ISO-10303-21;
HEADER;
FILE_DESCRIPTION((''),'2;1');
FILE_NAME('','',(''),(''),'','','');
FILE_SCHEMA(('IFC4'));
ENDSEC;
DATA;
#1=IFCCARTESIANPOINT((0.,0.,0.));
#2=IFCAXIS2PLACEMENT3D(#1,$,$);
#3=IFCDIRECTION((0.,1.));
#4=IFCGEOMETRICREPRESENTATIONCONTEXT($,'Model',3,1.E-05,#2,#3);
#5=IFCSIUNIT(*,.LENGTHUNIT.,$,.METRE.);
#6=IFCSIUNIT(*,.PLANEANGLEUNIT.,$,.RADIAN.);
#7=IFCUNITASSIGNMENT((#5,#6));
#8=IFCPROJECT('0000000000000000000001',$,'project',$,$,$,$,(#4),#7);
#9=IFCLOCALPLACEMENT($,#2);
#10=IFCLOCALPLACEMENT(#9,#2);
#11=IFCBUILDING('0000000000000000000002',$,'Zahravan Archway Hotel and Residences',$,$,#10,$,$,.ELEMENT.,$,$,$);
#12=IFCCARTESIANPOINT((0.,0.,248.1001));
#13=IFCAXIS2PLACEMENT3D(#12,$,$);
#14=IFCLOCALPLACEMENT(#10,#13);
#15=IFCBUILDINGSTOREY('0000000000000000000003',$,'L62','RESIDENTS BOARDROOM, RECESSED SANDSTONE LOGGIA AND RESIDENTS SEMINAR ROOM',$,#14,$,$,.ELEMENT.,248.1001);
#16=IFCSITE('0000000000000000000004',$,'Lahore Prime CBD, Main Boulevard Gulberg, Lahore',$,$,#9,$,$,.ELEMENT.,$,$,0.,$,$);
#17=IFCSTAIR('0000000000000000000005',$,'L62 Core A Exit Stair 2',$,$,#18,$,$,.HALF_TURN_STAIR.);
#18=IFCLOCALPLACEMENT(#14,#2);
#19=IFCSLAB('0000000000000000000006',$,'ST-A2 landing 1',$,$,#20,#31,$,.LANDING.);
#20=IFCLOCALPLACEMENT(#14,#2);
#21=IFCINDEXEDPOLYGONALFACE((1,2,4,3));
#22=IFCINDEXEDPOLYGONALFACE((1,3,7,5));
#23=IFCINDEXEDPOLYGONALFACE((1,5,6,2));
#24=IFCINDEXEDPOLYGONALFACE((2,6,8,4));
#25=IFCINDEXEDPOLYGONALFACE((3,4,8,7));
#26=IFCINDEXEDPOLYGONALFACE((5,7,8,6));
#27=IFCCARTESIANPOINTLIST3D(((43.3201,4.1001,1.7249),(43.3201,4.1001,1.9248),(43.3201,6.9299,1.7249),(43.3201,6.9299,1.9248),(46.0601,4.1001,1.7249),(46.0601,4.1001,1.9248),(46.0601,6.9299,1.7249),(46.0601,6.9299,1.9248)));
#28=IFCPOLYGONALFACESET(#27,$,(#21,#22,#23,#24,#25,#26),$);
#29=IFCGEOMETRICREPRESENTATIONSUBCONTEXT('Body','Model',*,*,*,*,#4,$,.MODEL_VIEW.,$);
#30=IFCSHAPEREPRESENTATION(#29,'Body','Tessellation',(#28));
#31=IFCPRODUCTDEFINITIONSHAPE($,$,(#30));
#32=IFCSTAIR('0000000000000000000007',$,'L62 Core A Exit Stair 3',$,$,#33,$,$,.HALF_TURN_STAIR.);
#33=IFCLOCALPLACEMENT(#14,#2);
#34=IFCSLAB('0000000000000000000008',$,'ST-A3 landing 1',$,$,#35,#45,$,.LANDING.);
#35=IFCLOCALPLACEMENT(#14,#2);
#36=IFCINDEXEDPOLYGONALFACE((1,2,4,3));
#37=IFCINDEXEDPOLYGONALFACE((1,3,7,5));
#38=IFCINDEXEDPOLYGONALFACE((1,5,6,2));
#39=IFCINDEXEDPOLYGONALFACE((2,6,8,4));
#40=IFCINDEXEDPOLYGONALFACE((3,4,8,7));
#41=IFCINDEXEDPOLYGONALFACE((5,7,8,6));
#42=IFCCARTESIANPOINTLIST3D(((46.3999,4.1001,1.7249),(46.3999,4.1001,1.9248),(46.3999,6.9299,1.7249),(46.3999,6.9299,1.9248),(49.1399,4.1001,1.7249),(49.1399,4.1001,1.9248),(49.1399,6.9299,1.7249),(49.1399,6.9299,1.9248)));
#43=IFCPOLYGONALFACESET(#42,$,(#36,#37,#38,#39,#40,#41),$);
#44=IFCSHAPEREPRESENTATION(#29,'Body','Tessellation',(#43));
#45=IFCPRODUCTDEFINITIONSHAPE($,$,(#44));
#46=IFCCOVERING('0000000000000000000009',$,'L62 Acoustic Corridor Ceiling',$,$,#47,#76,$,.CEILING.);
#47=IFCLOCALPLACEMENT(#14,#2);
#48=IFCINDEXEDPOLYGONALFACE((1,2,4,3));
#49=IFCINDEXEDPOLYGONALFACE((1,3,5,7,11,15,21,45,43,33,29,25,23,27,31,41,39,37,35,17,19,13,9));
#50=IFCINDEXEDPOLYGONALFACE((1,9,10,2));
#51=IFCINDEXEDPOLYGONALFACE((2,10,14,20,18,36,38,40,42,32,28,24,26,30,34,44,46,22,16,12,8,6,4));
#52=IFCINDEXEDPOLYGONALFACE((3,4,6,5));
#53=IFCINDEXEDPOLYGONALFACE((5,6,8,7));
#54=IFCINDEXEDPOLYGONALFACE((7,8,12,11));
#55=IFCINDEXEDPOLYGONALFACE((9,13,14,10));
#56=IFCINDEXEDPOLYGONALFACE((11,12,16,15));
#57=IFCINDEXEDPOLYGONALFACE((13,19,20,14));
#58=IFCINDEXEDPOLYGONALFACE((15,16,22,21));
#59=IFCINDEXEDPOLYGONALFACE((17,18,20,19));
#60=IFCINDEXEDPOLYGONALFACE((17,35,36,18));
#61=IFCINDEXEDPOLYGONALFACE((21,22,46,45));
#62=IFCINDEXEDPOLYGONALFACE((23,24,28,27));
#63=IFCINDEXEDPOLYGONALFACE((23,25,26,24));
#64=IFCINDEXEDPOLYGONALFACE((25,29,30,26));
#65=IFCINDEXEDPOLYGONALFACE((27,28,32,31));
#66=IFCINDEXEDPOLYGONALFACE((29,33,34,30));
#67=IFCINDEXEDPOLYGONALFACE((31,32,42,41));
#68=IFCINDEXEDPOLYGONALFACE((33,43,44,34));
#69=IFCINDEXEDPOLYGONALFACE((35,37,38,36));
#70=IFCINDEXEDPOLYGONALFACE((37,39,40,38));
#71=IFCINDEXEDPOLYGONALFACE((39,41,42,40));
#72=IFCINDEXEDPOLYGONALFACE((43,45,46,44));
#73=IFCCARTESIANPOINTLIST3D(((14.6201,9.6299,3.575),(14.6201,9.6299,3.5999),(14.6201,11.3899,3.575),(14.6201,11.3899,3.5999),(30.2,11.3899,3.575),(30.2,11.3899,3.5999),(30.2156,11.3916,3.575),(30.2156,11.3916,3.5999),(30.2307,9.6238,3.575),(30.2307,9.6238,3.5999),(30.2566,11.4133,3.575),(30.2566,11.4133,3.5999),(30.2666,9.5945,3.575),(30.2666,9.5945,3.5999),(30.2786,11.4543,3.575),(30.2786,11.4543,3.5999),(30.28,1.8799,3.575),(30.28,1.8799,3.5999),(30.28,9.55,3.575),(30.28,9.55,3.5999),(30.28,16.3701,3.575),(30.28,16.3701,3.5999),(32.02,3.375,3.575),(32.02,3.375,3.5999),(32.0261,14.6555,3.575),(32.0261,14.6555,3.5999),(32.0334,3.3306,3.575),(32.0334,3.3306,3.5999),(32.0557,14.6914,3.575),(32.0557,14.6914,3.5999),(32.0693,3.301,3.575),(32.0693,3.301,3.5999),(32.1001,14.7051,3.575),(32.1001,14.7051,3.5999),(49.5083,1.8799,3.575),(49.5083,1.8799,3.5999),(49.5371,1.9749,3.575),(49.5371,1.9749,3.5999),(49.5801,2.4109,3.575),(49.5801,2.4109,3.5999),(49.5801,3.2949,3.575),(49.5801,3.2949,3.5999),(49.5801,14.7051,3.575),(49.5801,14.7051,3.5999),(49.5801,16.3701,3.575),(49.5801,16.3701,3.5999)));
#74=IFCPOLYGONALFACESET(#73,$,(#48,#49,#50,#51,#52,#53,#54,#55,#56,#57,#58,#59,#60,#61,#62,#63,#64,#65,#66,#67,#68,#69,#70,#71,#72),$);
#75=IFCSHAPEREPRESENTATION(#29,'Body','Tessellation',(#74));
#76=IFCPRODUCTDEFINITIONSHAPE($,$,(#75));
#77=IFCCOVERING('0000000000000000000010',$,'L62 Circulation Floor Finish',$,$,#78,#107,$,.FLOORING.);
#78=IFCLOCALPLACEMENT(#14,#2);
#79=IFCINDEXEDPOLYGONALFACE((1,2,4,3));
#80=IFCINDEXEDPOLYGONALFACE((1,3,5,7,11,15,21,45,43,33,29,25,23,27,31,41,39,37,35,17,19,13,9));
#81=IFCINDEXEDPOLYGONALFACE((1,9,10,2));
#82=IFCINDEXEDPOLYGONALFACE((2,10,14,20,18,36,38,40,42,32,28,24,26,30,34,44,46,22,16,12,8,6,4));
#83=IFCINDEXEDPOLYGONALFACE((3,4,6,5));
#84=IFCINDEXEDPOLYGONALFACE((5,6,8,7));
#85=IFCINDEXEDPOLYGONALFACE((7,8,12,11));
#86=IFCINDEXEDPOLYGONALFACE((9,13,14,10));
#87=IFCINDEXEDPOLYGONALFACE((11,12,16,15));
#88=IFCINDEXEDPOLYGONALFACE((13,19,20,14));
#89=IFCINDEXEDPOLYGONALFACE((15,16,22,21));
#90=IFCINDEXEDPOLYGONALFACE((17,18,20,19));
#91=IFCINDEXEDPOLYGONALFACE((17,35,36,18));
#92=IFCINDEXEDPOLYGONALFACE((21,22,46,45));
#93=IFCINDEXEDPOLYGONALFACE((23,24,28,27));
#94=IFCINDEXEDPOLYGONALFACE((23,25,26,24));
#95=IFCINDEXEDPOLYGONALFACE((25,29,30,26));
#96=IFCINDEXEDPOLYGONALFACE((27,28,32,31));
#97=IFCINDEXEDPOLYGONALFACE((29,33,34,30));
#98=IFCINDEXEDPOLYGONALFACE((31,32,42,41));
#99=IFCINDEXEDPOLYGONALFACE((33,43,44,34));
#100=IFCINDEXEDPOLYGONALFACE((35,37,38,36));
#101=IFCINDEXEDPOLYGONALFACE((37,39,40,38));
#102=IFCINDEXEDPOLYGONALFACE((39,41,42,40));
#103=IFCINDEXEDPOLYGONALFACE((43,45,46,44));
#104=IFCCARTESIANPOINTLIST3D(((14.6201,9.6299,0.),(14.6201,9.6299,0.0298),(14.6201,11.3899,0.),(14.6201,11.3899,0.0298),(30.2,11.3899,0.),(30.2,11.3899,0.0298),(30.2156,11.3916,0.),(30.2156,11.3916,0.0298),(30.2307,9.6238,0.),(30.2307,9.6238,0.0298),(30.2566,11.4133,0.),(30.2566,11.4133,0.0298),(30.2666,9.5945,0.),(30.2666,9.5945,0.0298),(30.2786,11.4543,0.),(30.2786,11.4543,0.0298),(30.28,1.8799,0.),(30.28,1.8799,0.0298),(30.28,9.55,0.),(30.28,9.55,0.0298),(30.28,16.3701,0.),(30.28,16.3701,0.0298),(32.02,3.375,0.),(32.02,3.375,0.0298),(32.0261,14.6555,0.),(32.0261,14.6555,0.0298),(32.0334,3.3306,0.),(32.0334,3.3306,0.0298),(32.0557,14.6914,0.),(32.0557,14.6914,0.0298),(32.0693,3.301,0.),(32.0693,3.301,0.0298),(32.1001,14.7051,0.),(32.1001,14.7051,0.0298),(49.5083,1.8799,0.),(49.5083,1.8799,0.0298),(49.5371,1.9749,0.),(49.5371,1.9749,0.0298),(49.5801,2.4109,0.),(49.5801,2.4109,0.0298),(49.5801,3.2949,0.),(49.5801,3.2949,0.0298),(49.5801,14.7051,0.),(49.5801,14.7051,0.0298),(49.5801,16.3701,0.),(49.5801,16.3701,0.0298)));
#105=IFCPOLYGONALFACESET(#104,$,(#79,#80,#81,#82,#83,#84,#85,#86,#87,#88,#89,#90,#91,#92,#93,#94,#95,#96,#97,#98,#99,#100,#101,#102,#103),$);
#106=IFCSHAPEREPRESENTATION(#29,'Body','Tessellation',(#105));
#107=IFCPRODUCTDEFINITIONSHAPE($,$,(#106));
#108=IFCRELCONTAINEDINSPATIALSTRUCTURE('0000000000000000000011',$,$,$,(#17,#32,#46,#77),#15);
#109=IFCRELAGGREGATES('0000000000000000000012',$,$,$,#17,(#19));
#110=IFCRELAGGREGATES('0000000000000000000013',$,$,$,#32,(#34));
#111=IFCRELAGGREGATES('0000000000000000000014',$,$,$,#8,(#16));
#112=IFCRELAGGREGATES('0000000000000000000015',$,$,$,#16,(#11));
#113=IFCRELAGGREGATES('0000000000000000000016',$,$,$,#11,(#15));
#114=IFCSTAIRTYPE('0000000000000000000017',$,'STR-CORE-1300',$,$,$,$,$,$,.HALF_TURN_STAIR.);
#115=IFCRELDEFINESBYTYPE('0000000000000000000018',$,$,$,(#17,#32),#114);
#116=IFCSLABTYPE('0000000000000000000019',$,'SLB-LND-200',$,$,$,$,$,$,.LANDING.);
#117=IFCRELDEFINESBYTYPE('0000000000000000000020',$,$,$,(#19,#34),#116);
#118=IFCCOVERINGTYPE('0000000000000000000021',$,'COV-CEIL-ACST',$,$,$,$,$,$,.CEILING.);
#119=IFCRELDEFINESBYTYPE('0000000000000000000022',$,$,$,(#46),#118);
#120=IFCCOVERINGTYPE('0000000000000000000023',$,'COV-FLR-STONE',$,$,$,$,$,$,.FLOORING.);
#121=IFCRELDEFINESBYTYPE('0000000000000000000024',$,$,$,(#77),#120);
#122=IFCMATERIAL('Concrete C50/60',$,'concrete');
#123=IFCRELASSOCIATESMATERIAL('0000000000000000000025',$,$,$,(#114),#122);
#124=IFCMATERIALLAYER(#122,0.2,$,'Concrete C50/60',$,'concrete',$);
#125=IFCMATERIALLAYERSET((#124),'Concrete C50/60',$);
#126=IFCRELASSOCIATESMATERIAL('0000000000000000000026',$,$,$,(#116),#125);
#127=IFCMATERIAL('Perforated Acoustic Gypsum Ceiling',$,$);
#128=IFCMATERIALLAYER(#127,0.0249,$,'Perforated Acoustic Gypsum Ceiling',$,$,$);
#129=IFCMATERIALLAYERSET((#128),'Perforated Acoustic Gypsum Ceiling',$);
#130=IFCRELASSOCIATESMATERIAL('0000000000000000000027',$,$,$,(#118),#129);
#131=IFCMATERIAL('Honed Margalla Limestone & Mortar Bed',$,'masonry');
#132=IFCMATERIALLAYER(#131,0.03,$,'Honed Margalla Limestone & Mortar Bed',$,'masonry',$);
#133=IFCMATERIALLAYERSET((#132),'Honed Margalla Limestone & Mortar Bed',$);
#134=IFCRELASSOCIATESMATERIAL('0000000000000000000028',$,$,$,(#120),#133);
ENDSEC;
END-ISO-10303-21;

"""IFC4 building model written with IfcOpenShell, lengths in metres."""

from ifc_helpers import new_model, si_unit, direction, frame, origin, place, context, subcontext, project, spatial, polyline, outline, extrude, material, layer, layer_set, type_object, element, aggregate, save


model = new_model("IFC4")

# Units and contexts
model_context = context("Model", 3, precision=1e-05, world=origin(), true_north=direction((0.0, 1.0)))
body_context = subcontext(model_context, "Body", "Model", "MODEL_VIEW")
ifc_project = project(units=[si_unit("LENGTHUNIT", "METRE"), si_unit("PLANEANGLEUNIT", "RADIAN")], contexts=[model_context])

# Site, building, storey
site_placement = place(None, origin())
site = spatial("IfcSite", under=ifc_project, at=site_placement, Name="Lahore Prime CBD, Main Boulevard Gulberg, Lahore", CompositionType="ELEMENT", RefElevation=0.0)
building_placement = place(site_placement, origin())
building = spatial("IfcBuilding", under=site, at=building_placement, Name="Zahravan Archway Hotel and Residences", CompositionType="ELEMENT")
storey_placement = place(building_placement, frame((0.0, 0.0, 248.1001)))
storey = spatial("IfcBuildingStorey", under=building, at=storey_placement, Name="L62", Description="RESIDENTS BOARDROOM, RECESSED SANDSTONE LOGGIA AND RESIDENTS SEMINAR ROOM", CompositionType="ELEMENT", Elevation=248.1001)

# Stairs, slabs
ifc_material_1 = material(Name="Concrete C50/60", Category="concrete")
stair_type = type_object("IfcStairType", Name="STR-CORE-1300", PredefinedType="HALF_TURN_STAIR", material=ifc_material_1)
ifc_layer_1 = layer(ifc_material_1, 0.2, Name="Concrete C50/60", Category="concrete")
ifc_layer_set_1 = layer_set([ifc_layer_1], Name="Concrete C50/60")
slab_type_1 = type_object("IfcSlabType", Name="SLB-LND-200", PredefinedType="LANDING", material=ifc_layer_set_1)
stair_1_placement = place(storey_placement, origin())
stair_1 = element("IfcStair", 1, at=stair_1_placement, inside=storey, type_object=stair_type, Name="L62 Core A Exit Stair 2", PredefinedType="HALF_TURN_STAIR")
slab_1_placement = place(storey_placement, frame((0.0, 0.0, 1.7249)))
slab_1 = element("IfcSlab", 2, at=slab_1_placement, type_object=slab_type_1, Name="ST-A2 landing 1", PredefinedType="LANDING", context=body_context, shape_type="SweptSolid", body=[
    extrude(outline(polyline([(43.3201, 6.9299), (43.3201, 4.1001), (46.0601, 4.1001), (46.0601, 6.9299), (43.3201, 6.9299)])), origin(), (0.0, 0.0, 1.0), 0.2),
])
aggregate(stair_1, [slab_1])
stair_2_placement = place(storey_placement, origin())
stair_2 = element("IfcStair", 3, at=stair_2_placement, inside=storey, type_object=stair_type, Name="L62 Core A Exit Stair 3", PredefinedType="HALF_TURN_STAIR")
slab_2_placement = place(storey_placement, frame((0.0, 0.0, 1.7249)))
slab_2 = element("IfcSlab", 4, at=slab_2_placement, type_object=slab_type_1, Name="ST-A3 landing 1", PredefinedType="LANDING", context=body_context, shape_type="SweptSolid", body=[
    extrude(outline(polyline([(46.3999, 6.9299), (46.3999, 4.1001), (49.1399, 4.1001), (49.1399, 6.9299), (46.3999, 6.9299)])), origin(), (0.0, 0.0, 1.0), 0.2),
])
aggregate(stair_2, [slab_2])

# Coverings
ifc_material_2 = material(Name="Perforated Acoustic Gypsum Ceiling")
ifc_layer_2 = layer(ifc_material_2, 0.0249, Name="Perforated Acoustic Gypsum Ceiling")
ifc_layer_set_2 = layer_set([ifc_layer_2], Name="Perforated Acoustic Gypsum Ceiling")
covering_type_1 = type_object("IfcCoveringType", Name="COV-CEIL-ACST", PredefinedType="CEILING", material=ifc_layer_set_2)
covering_1_placement = place(storey_placement, frame((0.0, 0.0, 3.575)))
element("IfcCovering", 5, at=covering_1_placement, inside=storey, type_object=covering_type_1, Name="L62 Acoustic Corridor Ceiling", PredefinedType="CEILING", context=body_context, shape_type="SweptSolid", body=[
    extrude(outline(polyline([(30.2156, 11.3916), (30.2566, 11.4133), (30.2786, 11.4543), (30.28, 16.3701), (49.5801, 16.3701), (49.5801, 14.7051), (32.1001, 14.7051), (32.0557, 14.6914), (32.0261, 14.6555), (32.02, 3.375), (32.0334, 3.3306), (32.0693, 3.301), (49.5801, 3.2949), (49.5801, 2.4109), (49.5371, 1.9749), (49.5083, 1.8799), (30.28, 1.8799), (30.28, 9.55), (30.2666, 9.5945), (30.2307, 9.6238), (14.6201, 9.6299), (14.6201, 11.3899), (30.2, 11.3899), (30.2156, 11.3916)])), origin(), (0.0, 0.0, 1.0), 0.0249),
])
ifc_material_3 = material(Name="Honed Margalla Limestone & Mortar Bed", Category="masonry")
ifc_layer_3 = layer(ifc_material_3, 0.03, Name="Honed Margalla Limestone & Mortar Bed", Category="masonry")
ifc_layer_set_3 = layer_set([ifc_layer_3], Name="Honed Margalla Limestone & Mortar Bed")
covering_type_2 = type_object("IfcCoveringType", Name="COV-FLR-STONE", PredefinedType="FLOORING", material=ifc_layer_set_3)
covering_2_placement = place(storey_placement, origin())
element("IfcCovering", 6, at=covering_2_placement, inside=storey, type_object=covering_type_2, Name="L62 Circulation Floor Finish", PredefinedType="FLOORING", context=body_context, shape_type="SweptSolid", body=[
    extrude(outline(polyline([(30.2156, 11.3916), (30.2566, 11.4133), (30.2786, 11.4543), (30.28, 16.3701), (49.5801, 16.3701), (49.5801, 14.7051), (32.1001, 14.7051), (32.0557, 14.6914), (32.0261, 14.6555), (32.02, 3.375), (32.0334, 3.3306), (32.0693, 3.301), (49.5801, 3.2949), (49.5801, 2.4109), (49.5371, 1.9749), (49.5083, 1.8799), (30.28, 1.8799), (30.28, 9.55), (30.2666, 9.5945), (30.2307, 9.6238), (14.6201, 9.6299), (14.6201, 11.3899), (30.2, 11.3899), (30.2156, 11.3916)])), origin(), (0.0, 0.0, 1.0), 0.0298),
])

save(model, "model.ifc")
